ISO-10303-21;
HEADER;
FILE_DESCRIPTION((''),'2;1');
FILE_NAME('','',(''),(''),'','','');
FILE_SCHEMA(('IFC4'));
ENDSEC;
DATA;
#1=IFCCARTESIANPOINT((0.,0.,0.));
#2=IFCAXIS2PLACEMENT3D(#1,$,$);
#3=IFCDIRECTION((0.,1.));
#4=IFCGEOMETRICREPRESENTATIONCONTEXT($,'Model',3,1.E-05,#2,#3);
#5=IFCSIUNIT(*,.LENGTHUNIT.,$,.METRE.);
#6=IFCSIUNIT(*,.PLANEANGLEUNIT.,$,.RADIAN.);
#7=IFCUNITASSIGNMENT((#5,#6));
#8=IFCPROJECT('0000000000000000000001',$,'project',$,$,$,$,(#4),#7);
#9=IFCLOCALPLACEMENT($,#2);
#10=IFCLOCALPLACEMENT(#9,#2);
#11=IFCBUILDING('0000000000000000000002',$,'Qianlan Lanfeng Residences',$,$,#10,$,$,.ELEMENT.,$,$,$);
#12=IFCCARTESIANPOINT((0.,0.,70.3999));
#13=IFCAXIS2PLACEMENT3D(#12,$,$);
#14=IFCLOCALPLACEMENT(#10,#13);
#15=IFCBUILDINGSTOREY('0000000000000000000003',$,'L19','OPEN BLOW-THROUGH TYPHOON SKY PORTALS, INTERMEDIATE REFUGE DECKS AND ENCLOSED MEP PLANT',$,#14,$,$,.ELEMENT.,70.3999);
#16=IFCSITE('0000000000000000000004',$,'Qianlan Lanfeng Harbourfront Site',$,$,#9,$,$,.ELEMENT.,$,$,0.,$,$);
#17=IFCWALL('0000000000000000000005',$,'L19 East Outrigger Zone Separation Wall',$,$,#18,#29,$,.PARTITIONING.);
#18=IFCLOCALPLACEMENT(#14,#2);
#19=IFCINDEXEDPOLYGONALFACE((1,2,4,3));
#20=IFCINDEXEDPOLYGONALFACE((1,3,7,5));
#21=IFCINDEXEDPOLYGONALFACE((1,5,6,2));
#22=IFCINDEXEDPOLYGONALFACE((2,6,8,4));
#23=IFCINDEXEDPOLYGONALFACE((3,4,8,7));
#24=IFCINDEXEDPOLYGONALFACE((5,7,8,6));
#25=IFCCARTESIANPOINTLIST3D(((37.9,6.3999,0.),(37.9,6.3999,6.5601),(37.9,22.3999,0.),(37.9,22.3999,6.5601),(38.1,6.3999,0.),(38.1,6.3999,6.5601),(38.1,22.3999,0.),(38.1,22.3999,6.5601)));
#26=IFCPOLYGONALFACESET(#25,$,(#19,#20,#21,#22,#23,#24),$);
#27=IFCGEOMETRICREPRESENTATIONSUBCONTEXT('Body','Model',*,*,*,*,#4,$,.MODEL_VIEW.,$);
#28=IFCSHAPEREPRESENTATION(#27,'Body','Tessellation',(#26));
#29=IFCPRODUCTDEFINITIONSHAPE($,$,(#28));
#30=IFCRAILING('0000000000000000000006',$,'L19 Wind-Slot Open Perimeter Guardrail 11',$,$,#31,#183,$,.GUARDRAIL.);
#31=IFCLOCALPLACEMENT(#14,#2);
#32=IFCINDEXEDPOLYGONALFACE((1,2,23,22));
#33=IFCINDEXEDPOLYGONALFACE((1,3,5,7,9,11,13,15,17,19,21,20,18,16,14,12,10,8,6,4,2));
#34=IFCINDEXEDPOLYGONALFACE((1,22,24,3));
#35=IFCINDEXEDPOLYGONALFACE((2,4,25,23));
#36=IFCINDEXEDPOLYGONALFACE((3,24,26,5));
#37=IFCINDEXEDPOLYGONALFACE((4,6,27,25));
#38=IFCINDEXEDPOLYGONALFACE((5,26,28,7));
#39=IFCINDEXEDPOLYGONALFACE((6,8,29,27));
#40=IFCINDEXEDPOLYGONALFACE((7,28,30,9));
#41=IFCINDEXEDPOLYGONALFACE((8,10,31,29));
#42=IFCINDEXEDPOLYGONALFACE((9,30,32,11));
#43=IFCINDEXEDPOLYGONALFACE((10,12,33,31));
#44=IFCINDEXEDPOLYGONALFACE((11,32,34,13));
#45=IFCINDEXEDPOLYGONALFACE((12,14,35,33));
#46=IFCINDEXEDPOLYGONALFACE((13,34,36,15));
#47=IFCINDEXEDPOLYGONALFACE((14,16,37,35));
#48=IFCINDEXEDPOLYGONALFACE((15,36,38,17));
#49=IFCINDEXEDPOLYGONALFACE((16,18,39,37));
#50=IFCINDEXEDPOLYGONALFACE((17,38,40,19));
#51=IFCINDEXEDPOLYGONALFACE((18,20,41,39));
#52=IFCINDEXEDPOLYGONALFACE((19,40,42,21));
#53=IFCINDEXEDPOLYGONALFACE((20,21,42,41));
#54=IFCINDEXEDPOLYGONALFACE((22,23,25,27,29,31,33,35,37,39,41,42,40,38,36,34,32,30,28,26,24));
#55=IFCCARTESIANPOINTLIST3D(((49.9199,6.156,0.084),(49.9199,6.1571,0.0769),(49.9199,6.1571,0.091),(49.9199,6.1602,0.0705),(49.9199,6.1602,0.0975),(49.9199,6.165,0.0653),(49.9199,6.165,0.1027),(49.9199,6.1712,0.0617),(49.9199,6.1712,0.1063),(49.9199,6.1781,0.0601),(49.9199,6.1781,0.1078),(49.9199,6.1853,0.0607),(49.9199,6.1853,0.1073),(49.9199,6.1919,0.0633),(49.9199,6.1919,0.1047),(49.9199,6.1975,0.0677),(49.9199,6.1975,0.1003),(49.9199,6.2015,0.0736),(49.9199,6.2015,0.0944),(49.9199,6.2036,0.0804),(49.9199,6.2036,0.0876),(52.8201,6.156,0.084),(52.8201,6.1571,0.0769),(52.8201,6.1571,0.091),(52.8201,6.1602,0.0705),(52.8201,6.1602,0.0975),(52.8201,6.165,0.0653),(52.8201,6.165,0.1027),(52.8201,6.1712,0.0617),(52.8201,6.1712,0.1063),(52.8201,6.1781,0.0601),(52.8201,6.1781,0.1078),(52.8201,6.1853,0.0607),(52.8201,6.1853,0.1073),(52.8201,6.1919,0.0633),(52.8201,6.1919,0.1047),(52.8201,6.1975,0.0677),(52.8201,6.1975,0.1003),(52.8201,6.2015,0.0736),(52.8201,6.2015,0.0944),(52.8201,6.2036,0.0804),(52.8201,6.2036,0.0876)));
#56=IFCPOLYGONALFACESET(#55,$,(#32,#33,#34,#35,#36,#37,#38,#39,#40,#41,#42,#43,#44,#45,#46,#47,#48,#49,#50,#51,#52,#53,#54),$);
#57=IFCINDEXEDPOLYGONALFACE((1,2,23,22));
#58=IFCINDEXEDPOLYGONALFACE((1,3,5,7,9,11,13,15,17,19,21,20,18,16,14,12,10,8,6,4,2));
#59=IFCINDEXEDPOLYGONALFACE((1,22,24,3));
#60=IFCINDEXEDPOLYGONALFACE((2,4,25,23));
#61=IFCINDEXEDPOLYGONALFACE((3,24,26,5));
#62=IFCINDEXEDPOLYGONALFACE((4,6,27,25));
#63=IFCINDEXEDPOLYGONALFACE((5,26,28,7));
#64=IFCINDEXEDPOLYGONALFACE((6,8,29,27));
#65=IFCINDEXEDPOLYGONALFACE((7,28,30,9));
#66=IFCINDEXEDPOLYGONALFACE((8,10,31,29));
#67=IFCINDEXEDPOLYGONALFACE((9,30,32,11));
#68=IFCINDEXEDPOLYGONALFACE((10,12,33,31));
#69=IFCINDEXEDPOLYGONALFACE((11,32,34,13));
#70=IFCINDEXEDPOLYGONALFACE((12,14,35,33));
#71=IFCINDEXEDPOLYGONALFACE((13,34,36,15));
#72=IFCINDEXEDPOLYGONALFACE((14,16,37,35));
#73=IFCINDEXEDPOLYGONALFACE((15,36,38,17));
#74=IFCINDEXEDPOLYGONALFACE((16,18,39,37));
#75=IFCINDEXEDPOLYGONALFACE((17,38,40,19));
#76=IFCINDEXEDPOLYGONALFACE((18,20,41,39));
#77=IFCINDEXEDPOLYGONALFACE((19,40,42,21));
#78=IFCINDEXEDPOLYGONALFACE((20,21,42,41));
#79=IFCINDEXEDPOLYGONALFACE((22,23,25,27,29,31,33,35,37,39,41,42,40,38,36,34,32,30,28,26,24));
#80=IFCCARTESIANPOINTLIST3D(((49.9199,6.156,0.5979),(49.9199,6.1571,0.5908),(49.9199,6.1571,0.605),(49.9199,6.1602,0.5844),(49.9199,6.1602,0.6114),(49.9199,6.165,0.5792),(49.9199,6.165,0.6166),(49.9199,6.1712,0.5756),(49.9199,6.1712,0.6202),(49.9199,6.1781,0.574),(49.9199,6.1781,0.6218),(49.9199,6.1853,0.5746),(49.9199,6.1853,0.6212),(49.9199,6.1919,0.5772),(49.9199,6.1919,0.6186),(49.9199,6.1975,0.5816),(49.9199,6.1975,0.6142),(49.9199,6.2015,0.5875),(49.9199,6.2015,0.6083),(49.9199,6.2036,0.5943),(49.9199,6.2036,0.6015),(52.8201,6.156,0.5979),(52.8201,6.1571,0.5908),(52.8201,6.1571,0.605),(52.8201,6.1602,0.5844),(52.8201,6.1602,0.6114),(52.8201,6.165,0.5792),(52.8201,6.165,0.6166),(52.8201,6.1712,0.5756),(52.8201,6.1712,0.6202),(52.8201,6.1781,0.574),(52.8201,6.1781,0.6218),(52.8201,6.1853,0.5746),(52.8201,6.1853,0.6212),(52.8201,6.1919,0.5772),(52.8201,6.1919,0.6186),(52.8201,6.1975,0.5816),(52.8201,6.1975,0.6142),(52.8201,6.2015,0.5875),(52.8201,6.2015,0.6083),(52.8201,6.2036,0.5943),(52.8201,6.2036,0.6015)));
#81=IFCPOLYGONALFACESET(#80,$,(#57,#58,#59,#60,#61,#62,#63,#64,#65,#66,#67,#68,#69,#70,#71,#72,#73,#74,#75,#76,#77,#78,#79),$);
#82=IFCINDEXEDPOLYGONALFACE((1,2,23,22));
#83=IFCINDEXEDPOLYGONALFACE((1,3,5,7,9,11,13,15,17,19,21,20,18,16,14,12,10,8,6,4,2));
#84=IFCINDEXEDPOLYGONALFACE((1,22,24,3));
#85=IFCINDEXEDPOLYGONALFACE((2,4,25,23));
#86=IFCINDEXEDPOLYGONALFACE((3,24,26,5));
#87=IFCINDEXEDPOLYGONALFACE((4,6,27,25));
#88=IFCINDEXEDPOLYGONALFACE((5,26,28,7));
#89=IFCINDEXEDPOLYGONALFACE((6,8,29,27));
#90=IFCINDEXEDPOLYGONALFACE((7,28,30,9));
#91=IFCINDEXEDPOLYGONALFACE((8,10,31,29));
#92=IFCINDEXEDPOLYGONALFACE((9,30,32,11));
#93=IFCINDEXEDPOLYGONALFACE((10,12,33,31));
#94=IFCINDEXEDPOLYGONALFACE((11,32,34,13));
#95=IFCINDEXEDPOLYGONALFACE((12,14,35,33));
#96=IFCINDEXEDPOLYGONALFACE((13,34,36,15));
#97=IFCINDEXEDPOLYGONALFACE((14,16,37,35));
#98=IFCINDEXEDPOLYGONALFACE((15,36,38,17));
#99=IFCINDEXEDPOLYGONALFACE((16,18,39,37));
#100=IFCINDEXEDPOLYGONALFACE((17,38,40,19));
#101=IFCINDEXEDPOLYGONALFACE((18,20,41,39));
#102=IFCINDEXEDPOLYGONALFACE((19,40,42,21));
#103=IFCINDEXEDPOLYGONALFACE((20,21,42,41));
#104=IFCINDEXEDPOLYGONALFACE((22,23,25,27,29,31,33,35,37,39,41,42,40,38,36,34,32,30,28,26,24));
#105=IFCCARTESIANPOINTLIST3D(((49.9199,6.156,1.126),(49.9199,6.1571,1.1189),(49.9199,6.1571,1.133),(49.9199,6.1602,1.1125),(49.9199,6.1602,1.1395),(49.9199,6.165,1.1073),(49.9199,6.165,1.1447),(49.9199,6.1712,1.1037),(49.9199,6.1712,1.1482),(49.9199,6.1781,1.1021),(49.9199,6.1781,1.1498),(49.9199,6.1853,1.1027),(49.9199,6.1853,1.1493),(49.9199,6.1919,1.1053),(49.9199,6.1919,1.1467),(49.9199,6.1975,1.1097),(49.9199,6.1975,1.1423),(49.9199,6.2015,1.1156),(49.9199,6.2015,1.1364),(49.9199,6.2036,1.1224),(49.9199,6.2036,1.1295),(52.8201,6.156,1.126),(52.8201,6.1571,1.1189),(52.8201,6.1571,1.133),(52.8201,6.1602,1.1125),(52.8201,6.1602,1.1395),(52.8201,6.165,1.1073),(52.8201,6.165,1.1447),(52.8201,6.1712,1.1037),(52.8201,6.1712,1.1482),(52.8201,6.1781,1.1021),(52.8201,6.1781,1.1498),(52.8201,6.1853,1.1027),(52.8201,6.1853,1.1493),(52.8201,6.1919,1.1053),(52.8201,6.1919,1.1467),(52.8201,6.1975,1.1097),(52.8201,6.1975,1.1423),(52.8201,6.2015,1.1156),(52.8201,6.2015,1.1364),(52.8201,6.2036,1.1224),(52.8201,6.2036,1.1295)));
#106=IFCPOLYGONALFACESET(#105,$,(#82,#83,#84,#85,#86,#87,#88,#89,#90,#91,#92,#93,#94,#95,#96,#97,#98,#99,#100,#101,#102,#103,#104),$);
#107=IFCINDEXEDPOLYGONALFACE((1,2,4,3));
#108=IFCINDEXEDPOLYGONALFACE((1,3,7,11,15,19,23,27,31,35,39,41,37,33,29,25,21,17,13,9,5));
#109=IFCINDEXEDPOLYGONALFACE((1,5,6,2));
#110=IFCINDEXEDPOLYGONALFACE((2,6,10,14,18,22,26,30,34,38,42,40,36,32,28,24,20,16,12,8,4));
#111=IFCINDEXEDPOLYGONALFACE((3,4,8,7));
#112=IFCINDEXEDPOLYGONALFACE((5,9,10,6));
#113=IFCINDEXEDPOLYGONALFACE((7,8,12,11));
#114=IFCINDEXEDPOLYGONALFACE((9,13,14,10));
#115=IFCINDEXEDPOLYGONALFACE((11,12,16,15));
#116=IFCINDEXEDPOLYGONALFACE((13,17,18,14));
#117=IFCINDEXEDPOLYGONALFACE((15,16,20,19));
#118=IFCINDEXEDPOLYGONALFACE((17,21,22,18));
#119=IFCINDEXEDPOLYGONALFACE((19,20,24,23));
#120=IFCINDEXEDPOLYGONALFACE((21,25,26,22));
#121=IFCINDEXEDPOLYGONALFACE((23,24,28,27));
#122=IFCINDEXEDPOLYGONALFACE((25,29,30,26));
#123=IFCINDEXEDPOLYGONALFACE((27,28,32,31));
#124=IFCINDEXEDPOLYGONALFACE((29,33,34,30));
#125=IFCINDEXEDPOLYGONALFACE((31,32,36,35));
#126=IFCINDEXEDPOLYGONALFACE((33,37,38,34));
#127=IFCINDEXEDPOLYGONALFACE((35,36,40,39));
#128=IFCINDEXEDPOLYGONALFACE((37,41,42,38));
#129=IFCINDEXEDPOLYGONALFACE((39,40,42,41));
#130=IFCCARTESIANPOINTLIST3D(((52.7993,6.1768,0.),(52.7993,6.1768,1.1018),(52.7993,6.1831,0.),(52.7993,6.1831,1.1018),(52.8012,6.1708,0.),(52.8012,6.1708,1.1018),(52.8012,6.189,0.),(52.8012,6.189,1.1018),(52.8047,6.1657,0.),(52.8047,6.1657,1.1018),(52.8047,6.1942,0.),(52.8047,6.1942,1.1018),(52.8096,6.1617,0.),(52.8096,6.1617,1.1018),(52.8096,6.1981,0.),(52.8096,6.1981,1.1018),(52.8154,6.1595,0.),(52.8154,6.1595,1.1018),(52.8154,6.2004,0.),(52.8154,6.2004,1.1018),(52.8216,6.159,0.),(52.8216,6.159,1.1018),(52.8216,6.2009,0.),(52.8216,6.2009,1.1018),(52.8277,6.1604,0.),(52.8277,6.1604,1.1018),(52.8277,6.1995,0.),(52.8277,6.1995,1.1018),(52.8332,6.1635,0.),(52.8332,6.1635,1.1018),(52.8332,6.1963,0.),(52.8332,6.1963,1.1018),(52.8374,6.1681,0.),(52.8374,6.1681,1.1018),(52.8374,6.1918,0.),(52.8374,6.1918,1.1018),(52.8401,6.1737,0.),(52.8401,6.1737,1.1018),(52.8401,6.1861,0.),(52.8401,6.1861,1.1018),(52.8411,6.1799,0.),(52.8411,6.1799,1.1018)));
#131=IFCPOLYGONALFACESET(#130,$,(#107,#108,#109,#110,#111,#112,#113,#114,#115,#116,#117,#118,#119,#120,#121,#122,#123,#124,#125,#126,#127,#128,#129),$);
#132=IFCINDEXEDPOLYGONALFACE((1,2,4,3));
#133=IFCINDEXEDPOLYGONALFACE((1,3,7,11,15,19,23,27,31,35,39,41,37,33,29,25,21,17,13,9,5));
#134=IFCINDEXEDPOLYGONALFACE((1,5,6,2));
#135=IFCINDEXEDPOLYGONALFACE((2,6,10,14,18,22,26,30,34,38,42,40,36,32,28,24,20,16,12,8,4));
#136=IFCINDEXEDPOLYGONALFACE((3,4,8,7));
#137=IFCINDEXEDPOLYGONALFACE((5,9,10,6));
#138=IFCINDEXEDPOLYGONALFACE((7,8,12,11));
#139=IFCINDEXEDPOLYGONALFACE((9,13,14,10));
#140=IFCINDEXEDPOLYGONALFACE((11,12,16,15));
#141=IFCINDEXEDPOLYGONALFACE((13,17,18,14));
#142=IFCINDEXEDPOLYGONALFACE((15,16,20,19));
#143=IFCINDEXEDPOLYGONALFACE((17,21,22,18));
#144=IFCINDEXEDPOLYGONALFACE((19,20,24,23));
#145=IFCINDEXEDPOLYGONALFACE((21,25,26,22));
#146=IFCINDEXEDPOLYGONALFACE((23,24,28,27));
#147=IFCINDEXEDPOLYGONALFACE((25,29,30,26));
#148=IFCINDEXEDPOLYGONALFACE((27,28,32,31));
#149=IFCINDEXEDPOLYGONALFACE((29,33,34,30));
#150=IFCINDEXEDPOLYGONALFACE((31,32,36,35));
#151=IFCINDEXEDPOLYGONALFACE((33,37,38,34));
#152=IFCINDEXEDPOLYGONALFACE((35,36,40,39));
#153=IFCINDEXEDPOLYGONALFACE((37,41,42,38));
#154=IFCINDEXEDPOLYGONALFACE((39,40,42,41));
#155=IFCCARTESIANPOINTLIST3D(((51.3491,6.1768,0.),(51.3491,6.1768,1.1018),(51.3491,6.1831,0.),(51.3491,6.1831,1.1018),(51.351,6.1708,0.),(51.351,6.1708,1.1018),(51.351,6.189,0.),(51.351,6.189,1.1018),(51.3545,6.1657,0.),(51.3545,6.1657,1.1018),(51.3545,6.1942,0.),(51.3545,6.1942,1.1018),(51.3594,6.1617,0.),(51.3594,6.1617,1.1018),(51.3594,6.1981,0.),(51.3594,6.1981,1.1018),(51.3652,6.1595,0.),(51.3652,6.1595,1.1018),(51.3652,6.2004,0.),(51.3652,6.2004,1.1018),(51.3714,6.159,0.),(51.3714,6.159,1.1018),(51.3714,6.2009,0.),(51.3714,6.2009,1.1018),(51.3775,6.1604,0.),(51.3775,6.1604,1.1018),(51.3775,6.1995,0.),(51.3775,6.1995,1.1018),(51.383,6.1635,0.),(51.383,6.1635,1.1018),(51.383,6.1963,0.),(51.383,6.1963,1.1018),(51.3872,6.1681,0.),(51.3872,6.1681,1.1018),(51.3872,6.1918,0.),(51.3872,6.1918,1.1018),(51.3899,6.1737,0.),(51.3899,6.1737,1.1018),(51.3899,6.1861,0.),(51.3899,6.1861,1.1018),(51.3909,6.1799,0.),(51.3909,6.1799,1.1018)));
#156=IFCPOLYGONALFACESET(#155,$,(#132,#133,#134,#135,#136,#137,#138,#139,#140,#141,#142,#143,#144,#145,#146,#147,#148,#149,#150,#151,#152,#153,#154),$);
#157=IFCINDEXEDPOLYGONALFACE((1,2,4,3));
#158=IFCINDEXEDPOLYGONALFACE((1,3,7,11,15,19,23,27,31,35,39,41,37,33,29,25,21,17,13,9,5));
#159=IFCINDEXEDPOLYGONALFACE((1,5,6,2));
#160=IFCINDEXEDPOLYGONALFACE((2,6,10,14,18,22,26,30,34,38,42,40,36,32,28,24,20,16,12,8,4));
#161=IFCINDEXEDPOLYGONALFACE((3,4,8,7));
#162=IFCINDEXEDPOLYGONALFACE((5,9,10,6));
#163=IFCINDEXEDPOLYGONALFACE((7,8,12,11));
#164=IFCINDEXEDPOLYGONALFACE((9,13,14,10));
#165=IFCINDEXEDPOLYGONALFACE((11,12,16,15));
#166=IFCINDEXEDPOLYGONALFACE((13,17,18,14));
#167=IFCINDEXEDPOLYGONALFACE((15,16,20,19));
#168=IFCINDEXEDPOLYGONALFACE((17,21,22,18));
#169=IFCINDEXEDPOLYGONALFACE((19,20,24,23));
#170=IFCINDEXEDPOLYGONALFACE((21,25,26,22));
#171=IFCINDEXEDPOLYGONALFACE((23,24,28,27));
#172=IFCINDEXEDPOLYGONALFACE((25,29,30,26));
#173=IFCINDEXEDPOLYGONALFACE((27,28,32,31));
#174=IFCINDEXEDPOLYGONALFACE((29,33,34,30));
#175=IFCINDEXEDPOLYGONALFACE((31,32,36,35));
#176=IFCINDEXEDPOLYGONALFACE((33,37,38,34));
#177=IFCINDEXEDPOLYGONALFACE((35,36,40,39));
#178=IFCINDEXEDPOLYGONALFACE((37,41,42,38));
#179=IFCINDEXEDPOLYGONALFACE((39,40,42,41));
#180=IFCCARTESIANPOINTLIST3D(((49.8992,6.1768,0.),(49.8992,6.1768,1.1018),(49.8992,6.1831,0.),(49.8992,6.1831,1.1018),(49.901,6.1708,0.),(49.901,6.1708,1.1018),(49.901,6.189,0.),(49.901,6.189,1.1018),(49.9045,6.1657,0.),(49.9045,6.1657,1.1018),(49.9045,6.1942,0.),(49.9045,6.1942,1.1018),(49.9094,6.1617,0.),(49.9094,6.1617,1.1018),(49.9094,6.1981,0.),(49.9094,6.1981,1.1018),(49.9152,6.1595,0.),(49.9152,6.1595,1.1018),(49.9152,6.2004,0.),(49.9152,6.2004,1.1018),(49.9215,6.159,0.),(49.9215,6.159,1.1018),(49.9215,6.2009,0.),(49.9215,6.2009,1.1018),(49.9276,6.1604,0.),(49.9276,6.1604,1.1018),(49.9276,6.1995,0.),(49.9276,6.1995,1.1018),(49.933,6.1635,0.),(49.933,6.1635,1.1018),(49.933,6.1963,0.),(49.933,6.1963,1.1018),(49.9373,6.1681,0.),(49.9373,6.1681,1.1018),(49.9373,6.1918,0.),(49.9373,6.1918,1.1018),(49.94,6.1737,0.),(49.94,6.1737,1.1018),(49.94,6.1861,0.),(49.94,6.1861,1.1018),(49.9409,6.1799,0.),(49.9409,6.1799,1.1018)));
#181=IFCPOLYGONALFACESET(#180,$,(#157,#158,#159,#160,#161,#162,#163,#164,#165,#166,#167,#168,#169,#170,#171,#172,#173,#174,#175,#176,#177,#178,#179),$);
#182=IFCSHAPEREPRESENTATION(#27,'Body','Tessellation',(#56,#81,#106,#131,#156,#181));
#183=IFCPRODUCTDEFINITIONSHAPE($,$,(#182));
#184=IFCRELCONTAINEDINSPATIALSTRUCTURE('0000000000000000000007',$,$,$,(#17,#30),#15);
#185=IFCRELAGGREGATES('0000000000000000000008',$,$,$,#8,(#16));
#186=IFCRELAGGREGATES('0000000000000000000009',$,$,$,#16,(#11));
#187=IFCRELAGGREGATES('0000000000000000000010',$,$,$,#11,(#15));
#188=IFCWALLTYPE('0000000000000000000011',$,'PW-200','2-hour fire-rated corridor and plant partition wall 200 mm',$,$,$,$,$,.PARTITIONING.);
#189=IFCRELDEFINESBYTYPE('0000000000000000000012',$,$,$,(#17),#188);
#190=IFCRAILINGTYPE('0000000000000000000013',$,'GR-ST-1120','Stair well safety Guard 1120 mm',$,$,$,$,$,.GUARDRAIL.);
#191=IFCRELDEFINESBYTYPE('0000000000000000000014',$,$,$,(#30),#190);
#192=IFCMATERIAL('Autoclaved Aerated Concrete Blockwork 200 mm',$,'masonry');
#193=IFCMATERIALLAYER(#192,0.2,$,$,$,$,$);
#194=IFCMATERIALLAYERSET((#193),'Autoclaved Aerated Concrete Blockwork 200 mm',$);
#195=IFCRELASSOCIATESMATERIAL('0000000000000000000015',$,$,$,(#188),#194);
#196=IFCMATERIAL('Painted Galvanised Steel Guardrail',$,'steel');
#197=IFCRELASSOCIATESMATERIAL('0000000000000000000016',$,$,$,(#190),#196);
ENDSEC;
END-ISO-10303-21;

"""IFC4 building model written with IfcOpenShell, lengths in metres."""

from ifc_helpers import new_model, si_unit, direction, frame, frame_2d, origin, origin_2d, place, context, subcontext, project, spatial, rectangle, circle, extrude, material, layer, layer_set, type_object, element, save


model = new_model("IFC4")

# Units and contexts
model_context = context("Model", 3, precision=1e-05, world=origin(), true_north=direction((0.0, 1.0)))
body_context = subcontext(model_context, "Body", "Model", "MODEL_VIEW")
ifc_project = project(units=[si_unit("LENGTHUNIT", "METRE"), si_unit("PLANEANGLEUNIT", "RADIAN")], contexts=[model_context])

# Site, building, storey
site_placement = place(None, origin())
site = spatial("IfcSite", under=ifc_project, at=site_placement, Name="Qianlan Lanfeng Harbourfront Site", CompositionType="ELEMENT", RefElevation=0.0)
building_placement = place(site_placement, origin())
building = spatial("IfcBuilding", under=site, at=building_placement, Name="Qianlan Lanfeng Residences", CompositionType="ELEMENT")
storey_placement = place(building_placement, frame((0.0, 0.0, 70.3999)))
storey = spatial("IfcBuildingStorey", under=building, at=storey_placement, Name="L19", Description="OPEN BLOW-THROUGH TYPHOON SKY PORTALS, INTERMEDIATE REFUGE DECKS AND ENCLOSED MEP PLANT", CompositionType="ELEMENT", Elevation=70.3999)

# Wall
ifc_material_1 = material(Name="Autoclaved Aerated Concrete Blockwork 200 mm", Category="masonry")
ifc_layer_1 = layer(ifc_material_1, 0.2)
ifc_layer_set_1 = layer_set([ifc_layer_1], Name="Autoclaved Aerated Concrete Blockwork 200 mm")
wall_type_1 = type_object("IfcWallType", Name="PW-200", Description="2-hour fire-rated corridor and plant partition wall 200 mm", PredefinedType="PARTITIONING", material=ifc_layer_set_1)
wall_1_placement = place(storey_placement, frame((38.0, 6.3999, 0.0), z_axis=(0.0, 0.0, 1.0), x_axis=(0.0, 1.0, 0.0)))
element("IfcWall", 1, at=wall_1_placement, inside=storey, type_object=wall_type_1, Name="L19 East Outrigger Zone Separation Wall", PredefinedType="PARTITIONING", context=body_context, shape_type="SweptSolid", body=[
    extrude(rectangle(XDim=16.0, YDim=0.2, at=frame_2d((8.0, 0.0))), origin(), (0.0, 0.0, 1.0), 6.5601),
])

# Railing
ifc_material_2 = material(Name="Painted Galvanised Steel Guardrail", Category="steel")
railing_type = type_object("IfcRailingType", Name="GR-ST-1120", Description="Stair well safety Guard 1120 mm", PredefinedType="GUARDRAIL", material=ifc_material_2)
railing_1_placement = place(storey_placement, frame((52.8201, 6.1799, 0.0)))
element("IfcRailing", 2, at=railing_1_placement, inside=storey, type_object=railing_type, Name="L19 Wind-Slot Open Perimeter Guardrail 11", PredefinedType="GUARDRAIL", context=body_context, shape_type="SweptSolid", body=[
    extrude(circle(Radius=0.0239, at=origin_2d()), frame((0.0, 0.0, 0.084), z_axis=(-1.0, 0.0, 0.0), x_axis=(0.0, -1.0, 0.0)), (0.0, 0.0, 1.0), 2.9001),
    extrude(circle(Radius=0.0239, at=origin_2d()), frame((0.0, 0.0, 0.5979), z_axis=(-1.0, 0.0, 0.0), x_axis=(0.0, -1.0, 0.0)), (0.0, 0.0, 1.0), 2.9001),
    extrude(circle(Radius=0.0239, at=origin_2d()), frame((0.0, 0.0, 1.126), z_axis=(-1.0, 0.0, 0.0), x_axis=(0.0, -1.0, 0.0)), (0.0, 0.0, 1.0), 2.9001),
    extrude(circle(Radius=0.021, at=origin_2d()), origin(), (0.0, 0.0, 1.0), 1.1018),
    extrude(circle(Radius=0.021, at=origin_2d()), frame((-1.4502, 0.0, 0.0)), (0.0, 0.0, 1.0), 1.1018),
    extrude(circle(Radius=0.021, at=origin_2d()), frame((-2.9001, 0.0, 0.0)), (0.0, 0.0, 1.0), 1.1018),
])

save(model, "model.ifc")
